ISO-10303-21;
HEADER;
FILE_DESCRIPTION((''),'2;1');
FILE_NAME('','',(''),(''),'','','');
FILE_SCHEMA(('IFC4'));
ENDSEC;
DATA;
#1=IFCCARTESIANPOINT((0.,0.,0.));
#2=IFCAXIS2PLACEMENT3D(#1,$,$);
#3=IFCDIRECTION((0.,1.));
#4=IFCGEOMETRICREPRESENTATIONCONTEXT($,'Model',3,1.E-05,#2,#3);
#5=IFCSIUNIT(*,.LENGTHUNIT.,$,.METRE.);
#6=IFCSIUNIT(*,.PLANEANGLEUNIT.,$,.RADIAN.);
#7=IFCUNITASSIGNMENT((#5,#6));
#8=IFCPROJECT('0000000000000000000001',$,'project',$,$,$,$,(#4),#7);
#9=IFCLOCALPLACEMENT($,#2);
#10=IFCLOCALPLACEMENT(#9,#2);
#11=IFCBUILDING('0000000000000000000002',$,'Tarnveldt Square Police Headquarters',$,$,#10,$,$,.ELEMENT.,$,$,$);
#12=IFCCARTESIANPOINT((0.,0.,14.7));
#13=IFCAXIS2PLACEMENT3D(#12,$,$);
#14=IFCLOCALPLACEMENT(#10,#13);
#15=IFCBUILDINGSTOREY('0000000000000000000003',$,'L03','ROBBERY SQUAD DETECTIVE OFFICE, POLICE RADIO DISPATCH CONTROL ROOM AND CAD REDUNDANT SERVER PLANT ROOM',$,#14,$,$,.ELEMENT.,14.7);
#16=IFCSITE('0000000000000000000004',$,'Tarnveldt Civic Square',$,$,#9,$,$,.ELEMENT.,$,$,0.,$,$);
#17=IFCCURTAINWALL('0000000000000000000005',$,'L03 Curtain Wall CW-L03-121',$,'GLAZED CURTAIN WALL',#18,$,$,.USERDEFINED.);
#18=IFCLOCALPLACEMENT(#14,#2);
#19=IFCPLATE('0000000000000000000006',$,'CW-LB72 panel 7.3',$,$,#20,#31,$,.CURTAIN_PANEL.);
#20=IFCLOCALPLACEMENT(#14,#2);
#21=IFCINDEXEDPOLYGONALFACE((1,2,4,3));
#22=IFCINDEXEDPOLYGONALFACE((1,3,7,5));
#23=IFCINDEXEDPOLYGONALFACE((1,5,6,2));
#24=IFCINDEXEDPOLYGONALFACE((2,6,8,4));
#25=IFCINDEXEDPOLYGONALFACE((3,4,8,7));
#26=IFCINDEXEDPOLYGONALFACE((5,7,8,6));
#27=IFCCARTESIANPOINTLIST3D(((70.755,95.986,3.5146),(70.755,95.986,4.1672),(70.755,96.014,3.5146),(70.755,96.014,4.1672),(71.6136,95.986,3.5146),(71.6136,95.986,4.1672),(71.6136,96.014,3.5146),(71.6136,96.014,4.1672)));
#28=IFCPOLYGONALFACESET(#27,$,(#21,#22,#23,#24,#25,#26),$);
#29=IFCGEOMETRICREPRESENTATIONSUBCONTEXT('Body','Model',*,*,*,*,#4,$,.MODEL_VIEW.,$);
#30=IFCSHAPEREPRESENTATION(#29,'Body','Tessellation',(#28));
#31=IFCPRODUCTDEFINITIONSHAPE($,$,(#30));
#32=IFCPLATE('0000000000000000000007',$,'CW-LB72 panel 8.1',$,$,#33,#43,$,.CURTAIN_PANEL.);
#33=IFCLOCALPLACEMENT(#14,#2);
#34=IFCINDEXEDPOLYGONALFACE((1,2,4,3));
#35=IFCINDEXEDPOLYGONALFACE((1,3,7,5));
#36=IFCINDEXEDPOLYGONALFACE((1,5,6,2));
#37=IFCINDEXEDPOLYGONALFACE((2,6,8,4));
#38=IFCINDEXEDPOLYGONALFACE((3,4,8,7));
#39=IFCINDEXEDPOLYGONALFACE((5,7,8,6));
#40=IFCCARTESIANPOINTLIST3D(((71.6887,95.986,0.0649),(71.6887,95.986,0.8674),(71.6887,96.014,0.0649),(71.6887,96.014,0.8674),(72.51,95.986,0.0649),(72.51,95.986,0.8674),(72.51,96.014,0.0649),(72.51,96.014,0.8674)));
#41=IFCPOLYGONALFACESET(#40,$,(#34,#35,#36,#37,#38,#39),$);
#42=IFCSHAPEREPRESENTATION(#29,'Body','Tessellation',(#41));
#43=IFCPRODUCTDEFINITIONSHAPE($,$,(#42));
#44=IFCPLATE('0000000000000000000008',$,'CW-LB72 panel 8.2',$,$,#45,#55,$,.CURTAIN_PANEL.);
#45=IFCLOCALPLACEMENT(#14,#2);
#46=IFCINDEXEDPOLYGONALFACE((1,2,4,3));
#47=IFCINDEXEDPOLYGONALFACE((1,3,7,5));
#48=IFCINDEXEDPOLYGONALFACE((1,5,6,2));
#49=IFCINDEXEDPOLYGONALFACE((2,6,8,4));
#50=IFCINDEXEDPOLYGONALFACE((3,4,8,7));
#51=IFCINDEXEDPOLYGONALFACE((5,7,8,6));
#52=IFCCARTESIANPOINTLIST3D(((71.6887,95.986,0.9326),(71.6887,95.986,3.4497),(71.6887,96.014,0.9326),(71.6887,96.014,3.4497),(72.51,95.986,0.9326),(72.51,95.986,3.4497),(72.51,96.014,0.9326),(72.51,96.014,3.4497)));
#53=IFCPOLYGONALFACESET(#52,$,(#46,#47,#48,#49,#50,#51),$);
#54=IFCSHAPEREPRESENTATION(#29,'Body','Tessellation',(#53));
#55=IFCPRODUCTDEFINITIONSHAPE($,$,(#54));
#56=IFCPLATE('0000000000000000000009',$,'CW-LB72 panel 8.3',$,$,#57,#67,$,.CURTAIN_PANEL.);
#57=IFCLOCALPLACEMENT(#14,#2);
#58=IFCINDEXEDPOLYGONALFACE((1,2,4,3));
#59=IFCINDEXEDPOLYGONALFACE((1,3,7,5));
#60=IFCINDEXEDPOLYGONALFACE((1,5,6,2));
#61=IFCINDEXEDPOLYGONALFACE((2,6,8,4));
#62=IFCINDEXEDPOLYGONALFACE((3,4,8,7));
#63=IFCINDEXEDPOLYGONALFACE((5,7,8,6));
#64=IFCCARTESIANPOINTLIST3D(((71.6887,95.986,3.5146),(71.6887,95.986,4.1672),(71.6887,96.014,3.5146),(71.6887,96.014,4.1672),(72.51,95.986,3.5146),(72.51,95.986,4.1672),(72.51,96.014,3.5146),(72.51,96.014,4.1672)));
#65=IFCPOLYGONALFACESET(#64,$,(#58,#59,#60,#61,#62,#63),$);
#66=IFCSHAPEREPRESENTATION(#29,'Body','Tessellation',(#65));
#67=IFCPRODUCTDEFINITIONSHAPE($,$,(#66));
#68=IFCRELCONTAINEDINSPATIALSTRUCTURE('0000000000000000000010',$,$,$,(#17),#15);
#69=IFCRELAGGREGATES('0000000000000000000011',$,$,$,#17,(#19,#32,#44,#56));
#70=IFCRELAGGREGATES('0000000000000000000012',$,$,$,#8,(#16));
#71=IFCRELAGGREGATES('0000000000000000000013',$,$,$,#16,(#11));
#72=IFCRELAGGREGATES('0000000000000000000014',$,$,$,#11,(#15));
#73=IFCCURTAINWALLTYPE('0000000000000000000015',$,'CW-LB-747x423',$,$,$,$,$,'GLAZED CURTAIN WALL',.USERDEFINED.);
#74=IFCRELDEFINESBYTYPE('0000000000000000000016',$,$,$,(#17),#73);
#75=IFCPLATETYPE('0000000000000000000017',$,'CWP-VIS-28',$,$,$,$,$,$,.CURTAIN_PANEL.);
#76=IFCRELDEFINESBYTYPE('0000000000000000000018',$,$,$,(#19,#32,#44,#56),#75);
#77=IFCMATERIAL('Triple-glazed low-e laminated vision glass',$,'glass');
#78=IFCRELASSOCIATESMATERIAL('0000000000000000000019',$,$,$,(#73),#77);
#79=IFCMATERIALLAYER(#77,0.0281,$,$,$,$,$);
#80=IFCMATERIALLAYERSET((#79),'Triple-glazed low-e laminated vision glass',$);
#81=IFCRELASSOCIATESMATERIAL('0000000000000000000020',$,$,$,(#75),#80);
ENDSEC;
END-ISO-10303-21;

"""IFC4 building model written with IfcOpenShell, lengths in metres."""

from ifc_helpers import new_model, si_unit, direction, frame, origin, origin_2d, place, context, subcontext, project, spatial, rectangle, extrude, material, layer, layer_set, type_object, element, aggregate, save


model = new_model("IFC4")

# Units and contexts
model_context = context("Model", 3, precision=1e-05, world=origin(), true_north=direction((0.0, 1.0)))
body_context = subcontext(model_context, "Body", "Model", "MODEL_VIEW")
ifc_project = project(units=[si_unit("LENGTHUNIT", "METRE"), si_unit("PLANEANGLEUNIT", "RADIAN")], contexts=[model_context])

# Site, building, storey
site_placement = place(None, origin())
site = spatial("IfcSite", under=ifc_project, at=site_placement, Name="Tarnveldt Civic Square", CompositionType="ELEMENT", RefElevation=0.0)
building_placement = place(site_placement, origin())
building = spatial("IfcBuilding", under=site, at=building_placement, Name="Tarnveldt Square Police Headquarters", CompositionType="ELEMENT")
storey_placement = place(building_placement, frame((0.0, 0.0, 14.7)))
storey = spatial("IfcBuildingStorey", under=building, at=storey_placement, Name="L03", Description="ROBBERY SQUAD DETECTIVE OFFICE, POLICE RADIO DISPATCH CONTROL ROOM AND CAD REDUNDANT SERVER PLANT ROOM", CompositionType="ELEMENT", Elevation=14.7)

# Curtain wall, plates
ifc_material_1 = material(Name="Triple-glazed low-e laminated vision glass", Category="glass")
curtain_wall_type = type_object("IfcCurtainWallType", Name="CW-LB-747x423", ElementType="GLAZED CURTAIN WALL", PredefinedType="USERDEFINED", material=ifc_material_1)
curtain_wall_placement = place(storey_placement, origin())
curtain_wall = element("IfcCurtainWall", 1, at=curtain_wall_placement, inside=storey, type_object=curtain_wall_type, Name="L03 Curtain Wall CW-L03-121", ObjectType="GLAZED CURTAIN WALL", PredefinedType="USERDEFINED")
ifc_layer = layer(ifc_material_1, 0.0281)
ifc_layer_set = layer_set([ifc_layer], Name="Triple-glazed low-e laminated vision glass")
plate_type = type_object("IfcPlateType", Name="CWP-VIS-28", PredefinedType="CURTAIN_PANEL", material=ifc_layer_set)
plate_1_placement = place(storey_placement, frame((71.1843, 96.0, 3.5146), z_axis=(0.0, 0.0, 1.0), x_axis=(1.0, 0.0, 0.0)))
plate_1 = element("IfcPlate", 2, at=plate_1_placement, type_object=plate_type, Name="CW-LB72 panel 7.3", PredefinedType="CURTAIN_PANEL", context=body_context, shape_type="SweptSolid", body=[
    extrude(rectangle(XDim=0.8586, YDim=0.0281, at=origin_2d()), origin(), (0.0, 0.0, 1.0), 0.6526),
])
plate_2_placement = place(storey_placement, frame((72.0994, 96.0, 0.0649), z_axis=(0.0, 0.0, 1.0), x_axis=(1.0, 0.0, 0.0)))
plate_2 = element("IfcPlate", 3, at=plate_2_placement, type_object=plate_type, Name="CW-LB72 panel 8.1", PredefinedType="CURTAIN_PANEL", context=body_context, shape_type="SweptSolid", body=[
    extrude(rectangle(XDim=0.8213, YDim=0.0281, at=origin_2d()), origin(), (0.0, 0.0, 1.0), 0.8025),
])
plate_3_placement = place(storey_placement, frame((72.0994, 96.0, 0.9326), z_axis=(0.0, 0.0, 1.0), x_axis=(1.0, 0.0, 0.0)))
plate_3 = element("IfcPlate", 4, at=plate_3_placement, type_object=plate_type, Name="CW-LB72 panel 8.2", PredefinedType="CURTAIN_PANEL", context=body_context, shape_type="SweptSolid", body=[
    extrude(rectangle(XDim=0.8213, YDim=0.0281, at=origin_2d()), origin(), (0.0, 0.0, 1.0), 2.5171),
])
plate_4_placement = place(storey_placement, frame((72.0994, 96.0, 3.5146), z_axis=(0.0, 0.0, 1.0), x_axis=(1.0, 0.0, 0.0)))
plate_4 = element("IfcPlate", 5, at=plate_4_placement, type_object=plate_type, Name="CW-LB72 panel 8.3", PredefinedType="CURTAIN_PANEL", context=body_context, shape_type="SweptSolid", body=[
    extrude(rectangle(XDim=0.8213, YDim=0.0281, at=origin_2d()), origin(), (0.0, 0.0, 1.0), 0.6526),
])
aggregate(curtain_wall, [plate_1, plate_2, plate_3, plate_4])

save(model, "model.ifc")
